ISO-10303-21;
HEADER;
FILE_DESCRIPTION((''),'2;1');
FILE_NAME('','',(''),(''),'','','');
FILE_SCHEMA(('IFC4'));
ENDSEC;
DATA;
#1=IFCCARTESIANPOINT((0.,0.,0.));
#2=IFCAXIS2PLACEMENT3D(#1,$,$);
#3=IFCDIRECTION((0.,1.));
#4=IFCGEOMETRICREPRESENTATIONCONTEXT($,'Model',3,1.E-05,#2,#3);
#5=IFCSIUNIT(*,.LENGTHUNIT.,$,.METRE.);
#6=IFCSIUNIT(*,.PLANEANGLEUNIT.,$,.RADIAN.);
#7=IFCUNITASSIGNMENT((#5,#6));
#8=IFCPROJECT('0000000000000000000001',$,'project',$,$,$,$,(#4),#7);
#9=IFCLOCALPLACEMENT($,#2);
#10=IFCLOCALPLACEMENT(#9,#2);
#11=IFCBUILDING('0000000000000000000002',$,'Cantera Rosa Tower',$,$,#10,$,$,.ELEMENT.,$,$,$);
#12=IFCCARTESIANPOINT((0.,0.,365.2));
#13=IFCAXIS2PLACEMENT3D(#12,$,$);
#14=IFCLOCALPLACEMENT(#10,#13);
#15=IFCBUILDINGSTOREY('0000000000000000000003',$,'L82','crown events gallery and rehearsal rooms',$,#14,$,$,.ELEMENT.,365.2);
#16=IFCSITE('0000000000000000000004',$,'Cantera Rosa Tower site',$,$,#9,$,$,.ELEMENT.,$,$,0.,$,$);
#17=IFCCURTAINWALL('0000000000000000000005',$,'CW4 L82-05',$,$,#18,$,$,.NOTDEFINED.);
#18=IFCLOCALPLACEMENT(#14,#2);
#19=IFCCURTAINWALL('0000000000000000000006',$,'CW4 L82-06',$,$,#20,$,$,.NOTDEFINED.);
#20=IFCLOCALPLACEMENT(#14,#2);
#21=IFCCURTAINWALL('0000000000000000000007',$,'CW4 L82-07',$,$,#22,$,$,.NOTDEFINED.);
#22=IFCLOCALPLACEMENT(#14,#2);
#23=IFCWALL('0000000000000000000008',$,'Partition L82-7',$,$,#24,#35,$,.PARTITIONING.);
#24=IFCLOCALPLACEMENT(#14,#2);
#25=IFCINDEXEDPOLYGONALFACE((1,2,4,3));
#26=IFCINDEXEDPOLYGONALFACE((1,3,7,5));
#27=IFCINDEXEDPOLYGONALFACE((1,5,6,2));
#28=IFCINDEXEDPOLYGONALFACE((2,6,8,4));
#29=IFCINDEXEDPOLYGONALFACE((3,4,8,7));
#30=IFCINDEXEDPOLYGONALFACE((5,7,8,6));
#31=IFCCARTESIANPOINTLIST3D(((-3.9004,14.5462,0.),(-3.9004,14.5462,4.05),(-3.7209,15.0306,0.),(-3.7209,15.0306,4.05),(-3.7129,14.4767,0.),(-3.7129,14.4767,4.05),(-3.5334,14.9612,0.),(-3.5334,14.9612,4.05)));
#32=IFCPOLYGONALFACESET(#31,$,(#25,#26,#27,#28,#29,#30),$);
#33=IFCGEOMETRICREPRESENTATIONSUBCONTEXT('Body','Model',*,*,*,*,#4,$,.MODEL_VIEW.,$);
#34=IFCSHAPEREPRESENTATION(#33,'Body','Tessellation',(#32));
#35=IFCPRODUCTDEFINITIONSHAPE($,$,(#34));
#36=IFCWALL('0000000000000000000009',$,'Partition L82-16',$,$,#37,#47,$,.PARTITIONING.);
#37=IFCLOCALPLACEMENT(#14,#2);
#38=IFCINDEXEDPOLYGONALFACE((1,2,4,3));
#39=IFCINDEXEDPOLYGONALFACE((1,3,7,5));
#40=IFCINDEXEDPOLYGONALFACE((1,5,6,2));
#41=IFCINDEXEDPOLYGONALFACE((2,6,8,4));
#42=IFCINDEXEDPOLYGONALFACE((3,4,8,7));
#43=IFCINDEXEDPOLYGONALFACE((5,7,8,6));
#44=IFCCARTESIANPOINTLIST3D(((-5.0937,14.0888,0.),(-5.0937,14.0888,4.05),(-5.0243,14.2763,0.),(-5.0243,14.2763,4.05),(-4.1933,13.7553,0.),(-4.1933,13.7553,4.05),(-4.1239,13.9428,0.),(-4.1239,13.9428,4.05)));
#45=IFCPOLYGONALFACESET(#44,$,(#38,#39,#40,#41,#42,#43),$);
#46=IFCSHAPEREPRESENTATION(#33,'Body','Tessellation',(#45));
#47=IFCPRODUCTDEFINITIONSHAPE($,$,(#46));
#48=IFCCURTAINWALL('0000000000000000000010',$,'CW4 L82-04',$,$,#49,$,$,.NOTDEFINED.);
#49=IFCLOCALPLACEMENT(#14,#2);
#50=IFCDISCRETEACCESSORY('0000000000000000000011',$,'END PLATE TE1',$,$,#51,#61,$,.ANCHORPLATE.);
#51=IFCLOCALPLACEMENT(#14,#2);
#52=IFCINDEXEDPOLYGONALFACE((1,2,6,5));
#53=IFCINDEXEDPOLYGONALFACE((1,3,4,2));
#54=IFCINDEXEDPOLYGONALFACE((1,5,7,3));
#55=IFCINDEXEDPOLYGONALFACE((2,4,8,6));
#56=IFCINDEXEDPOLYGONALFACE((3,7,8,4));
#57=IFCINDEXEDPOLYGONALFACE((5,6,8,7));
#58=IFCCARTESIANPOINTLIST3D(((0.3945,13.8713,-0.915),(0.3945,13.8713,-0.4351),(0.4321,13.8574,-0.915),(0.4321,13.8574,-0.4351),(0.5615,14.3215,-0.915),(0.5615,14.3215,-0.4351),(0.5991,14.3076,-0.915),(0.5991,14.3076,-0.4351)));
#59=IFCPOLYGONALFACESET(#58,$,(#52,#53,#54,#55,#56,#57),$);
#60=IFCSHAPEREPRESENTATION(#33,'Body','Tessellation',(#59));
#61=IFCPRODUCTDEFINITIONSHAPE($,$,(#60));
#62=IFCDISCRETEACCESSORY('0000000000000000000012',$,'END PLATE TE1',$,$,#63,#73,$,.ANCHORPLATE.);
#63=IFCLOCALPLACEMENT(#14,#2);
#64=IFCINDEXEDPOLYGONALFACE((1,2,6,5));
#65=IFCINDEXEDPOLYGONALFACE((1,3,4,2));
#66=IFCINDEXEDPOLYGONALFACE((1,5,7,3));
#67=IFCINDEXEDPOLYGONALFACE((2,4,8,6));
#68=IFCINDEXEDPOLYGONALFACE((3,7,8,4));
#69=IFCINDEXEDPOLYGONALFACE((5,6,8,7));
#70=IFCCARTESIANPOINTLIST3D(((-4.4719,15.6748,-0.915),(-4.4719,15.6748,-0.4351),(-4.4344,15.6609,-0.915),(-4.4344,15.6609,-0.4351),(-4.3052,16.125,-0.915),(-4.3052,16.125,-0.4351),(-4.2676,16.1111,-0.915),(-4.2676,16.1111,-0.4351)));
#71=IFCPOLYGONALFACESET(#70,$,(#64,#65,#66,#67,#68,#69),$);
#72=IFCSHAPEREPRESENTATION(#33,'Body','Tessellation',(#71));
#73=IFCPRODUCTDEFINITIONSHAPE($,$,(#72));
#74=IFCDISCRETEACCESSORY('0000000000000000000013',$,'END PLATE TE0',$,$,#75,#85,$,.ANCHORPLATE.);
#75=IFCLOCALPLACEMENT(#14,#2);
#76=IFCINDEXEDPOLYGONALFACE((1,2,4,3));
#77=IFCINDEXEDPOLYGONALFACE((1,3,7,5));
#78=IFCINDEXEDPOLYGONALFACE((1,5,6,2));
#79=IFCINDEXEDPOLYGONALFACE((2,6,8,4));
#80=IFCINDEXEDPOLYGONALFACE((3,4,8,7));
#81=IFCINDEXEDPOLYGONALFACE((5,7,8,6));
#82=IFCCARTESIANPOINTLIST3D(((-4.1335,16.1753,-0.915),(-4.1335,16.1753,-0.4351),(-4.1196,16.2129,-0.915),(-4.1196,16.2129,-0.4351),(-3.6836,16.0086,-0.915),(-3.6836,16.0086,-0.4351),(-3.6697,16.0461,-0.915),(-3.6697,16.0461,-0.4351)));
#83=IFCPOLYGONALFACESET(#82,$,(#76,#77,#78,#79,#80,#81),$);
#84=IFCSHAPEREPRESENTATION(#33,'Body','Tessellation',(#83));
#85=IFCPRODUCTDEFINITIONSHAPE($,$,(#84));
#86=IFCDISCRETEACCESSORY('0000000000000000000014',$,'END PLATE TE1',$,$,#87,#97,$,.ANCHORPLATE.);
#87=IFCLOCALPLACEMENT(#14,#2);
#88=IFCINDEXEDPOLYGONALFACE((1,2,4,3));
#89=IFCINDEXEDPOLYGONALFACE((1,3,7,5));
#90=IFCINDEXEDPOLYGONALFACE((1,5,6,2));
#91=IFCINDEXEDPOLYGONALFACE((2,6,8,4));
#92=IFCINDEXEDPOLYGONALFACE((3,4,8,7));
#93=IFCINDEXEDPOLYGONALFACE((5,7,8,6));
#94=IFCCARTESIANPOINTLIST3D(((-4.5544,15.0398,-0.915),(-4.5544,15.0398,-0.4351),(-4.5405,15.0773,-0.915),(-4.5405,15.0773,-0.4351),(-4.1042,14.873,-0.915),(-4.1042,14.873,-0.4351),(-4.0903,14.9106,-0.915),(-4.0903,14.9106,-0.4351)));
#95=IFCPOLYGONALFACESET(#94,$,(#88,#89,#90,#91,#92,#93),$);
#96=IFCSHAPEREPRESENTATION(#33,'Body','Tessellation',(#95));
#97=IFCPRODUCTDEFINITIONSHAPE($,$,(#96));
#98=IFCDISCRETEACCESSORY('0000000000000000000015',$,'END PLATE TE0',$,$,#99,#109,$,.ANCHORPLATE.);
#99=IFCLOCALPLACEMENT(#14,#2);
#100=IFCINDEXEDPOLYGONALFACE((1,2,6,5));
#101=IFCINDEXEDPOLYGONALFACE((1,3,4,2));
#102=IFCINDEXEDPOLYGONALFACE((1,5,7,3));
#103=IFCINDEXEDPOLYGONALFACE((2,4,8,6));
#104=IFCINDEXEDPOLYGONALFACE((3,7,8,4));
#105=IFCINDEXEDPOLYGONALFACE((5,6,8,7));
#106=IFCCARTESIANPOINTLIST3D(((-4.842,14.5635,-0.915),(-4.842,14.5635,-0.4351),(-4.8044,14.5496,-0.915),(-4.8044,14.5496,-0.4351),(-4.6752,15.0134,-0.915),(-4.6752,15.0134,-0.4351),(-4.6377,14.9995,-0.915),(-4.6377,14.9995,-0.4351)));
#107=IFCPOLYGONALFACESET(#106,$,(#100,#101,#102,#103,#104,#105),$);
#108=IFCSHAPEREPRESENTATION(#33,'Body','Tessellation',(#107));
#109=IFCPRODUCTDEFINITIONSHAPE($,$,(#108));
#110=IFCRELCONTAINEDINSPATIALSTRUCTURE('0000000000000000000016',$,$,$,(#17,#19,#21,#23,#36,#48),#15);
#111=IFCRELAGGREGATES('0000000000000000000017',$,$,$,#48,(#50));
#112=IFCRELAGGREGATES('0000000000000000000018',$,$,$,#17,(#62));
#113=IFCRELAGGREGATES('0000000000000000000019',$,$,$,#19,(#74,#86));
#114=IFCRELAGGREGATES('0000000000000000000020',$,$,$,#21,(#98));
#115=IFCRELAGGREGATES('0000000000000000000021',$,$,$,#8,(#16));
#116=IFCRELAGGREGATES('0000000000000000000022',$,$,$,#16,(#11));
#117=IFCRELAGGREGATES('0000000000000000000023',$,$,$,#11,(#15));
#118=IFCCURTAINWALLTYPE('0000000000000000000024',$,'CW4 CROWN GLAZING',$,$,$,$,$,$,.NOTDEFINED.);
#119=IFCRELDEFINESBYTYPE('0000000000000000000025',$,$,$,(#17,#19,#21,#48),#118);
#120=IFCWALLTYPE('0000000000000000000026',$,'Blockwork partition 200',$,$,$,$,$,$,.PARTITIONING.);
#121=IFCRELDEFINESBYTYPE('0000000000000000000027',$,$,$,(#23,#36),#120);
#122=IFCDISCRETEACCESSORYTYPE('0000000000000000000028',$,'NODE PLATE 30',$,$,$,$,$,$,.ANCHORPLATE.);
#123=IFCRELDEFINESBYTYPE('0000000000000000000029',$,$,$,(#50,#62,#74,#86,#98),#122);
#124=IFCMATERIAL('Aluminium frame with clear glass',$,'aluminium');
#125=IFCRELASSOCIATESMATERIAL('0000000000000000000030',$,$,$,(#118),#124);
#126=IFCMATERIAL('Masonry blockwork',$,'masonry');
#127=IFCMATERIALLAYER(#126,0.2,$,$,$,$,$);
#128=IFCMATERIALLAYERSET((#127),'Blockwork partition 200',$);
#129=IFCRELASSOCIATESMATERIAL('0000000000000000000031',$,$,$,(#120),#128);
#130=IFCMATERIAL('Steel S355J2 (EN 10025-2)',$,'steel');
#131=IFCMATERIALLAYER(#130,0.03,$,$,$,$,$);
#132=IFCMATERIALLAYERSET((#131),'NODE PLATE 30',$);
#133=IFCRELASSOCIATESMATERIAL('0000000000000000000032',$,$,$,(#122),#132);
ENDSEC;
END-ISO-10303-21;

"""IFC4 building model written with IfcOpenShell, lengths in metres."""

from ifc_helpers import new_model, si_unit, direction, frame, frame_2d, origin, place, context, subcontext, project, spatial, polyline, rectangle, outline, extrude, material, layer, layer_set, type_object, element, aggregate, save


model = new_model("IFC4")

# Units and contexts
model_context = context("Model", 3, precision=1e-05, world=origin(), true_north=direction((0.0, 1.0)))
body_context = subcontext(model_context, "Body", "Model", "MODEL_VIEW")
ifc_project = project(units=[si_unit("LENGTHUNIT", "METRE"), si_unit("PLANEANGLEUNIT", "RADIAN")], contexts=[model_context])

# Site, building, storey
site_placement = place(None, origin())
site = spatial("IfcSite", under=ifc_project, at=site_placement, Name="Cantera Rosa Tower site", CompositionType="ELEMENT", RefElevation=0.0)
building_placement = place(site_placement, origin())
building = spatial("IfcBuilding", under=site, at=building_placement, Name="Cantera Rosa Tower", CompositionType="ELEMENT")
storey_placement = place(building_placement, frame((0.0, 0.0, 365.2)))
storey = spatial("IfcBuildingStorey", under=building, at=storey_placement, Name="L82", Description="crown events gallery and rehearsal rooms", CompositionType="ELEMENT", Elevation=365.2)

# Curtain walls
ifc_material_1 = material(Name="Aluminium frame with clear glass", Category="aluminium")
curtain_wall_type = type_object("IfcCurtainWallType", Name="CW4 CROWN GLAZING", PredefinedType="NOTDEFINED", material=ifc_material_1)
curtain_wall_1_placement = place(storey_placement, origin())
curtain_wall_1 = element("IfcCurtainWall", 1, at=curtain_wall_1_placement, inside=storey, type_object=curtain_wall_type, Name="CW4 L82-05", PredefinedType="NOTDEFINED")
curtain_wall_2_placement = place(storey_placement, origin())
curtain_wall_2 = element("IfcCurtainWall", 2, at=curtain_wall_2_placement, inside=storey, type_object=curtain_wall_type, Name="CW4 L82-06", PredefinedType="NOTDEFINED")
curtain_wall_3_placement = place(storey_placement, origin())
curtain_wall_3 = element("IfcCurtainWall", 3, at=curtain_wall_3_placement, inside=storey, type_object=curtain_wall_type, Name="CW4 L82-07", PredefinedType="NOTDEFINED")

# Walls
ifc_material_2 = material(Name="Masonry blockwork", Category="masonry")
ifc_layer_1 = layer(ifc_material_2, 0.2)
ifc_layer_set_1 = layer_set([ifc_layer_1], Name="Blockwork partition 200")
wall_type = type_object("IfcWallType", Name="Blockwork partition 200", PredefinedType="PARTITIONING", material=ifc_layer_set_1)
wall_1_placement = place(storey_placement, frame((-3.8066, 14.5115, 0.0), z_axis=(0.0, 0.0, 1.0), x_axis=(0.347391, 0.93772, 0.0)))
element("IfcWall", 4, at=wall_1_placement, inside=storey, type_object=wall_type, Name="Partition L82-7", PredefinedType="PARTITIONING", context=body_context, shape_type="SweptSolid", body=[
    extrude(rectangle(XDim=0.5166, YDim=0.2, at=frame_2d((0.2583, 0.0))), origin(), (0.0, 0.0, 1.0), 4.05),
])
wall_2_placement = place(storey_placement, frame((-4.1587, 13.8491, 0.0), z_axis=(0.0, 0.0, 1.0), x_axis=(-0.937743, 0.347331, 0.0)))
element("IfcWall", 5, at=wall_2_placement, inside=storey, type_object=wall_type, Name="Partition L82-16", PredefinedType="PARTITIONING", context=body_context, shape_type="SweptSolid", body=[
    extrude(rectangle(XDim=0.9602, YDim=0.2, at=frame_2d((0.48, 0.0))), origin(), (0.0, 0.0, 1.0), 4.05),
])

# Curtain wall, discrete accessory
curtain_wall_4_placement = place(storey_placement, origin())
curtain_wall_4 = element("IfcCurtainWall", 6, at=curtain_wall_4_placement, inside=storey, type_object=curtain_wall_type, Name="CW4 L82-04", PredefinedType="NOTDEFINED")
ifc_material_3 = material(Name="Steel S355J2 (EN 10025-2)", Category="steel")
ifc_layer_2 = layer(ifc_material_3, 0.03)
ifc_layer_set_2 = layer_set([ifc_layer_2], Name="NODE PLATE 30")
discrete_accessory_type = type_object("IfcDiscreteAccessoryType", Name="NODE PLATE 30", PredefinedType="ANCHORPLATE", material=ifc_layer_set_2)
discrete_accessory_1_placement = place(storey_placement, frame((0.3945, 13.8713, -0.4351), z_axis=(-0.937577, 0.347778, 0.0), x_axis=(0.347778, 0.937577, 0.0)))
discrete_accessory_1 = element("IfcDiscreteAccessory", 7, at=discrete_accessory_1_placement, type_object=discrete_accessory_type, Name="END PLATE TE1", PredefinedType="ANCHORPLATE", context=body_context, shape_type="SweptSolid", body=[
    extrude(outline(polyline([(0.0, 0.0), (0.4802, 0.0), (0.4802, 0.48), (0.0, 0.48), (0.0, 0.0)])), origin(), (0.0, 0.0, -1.0), 0.04),
])
aggregate(curtain_wall_4, [discrete_accessory_1])

# Discrete accessories
discrete_accessory_2_placement = place(storey_placement, frame((-4.4719, 15.6748, -0.4351), z_axis=(-0.937743, 0.347331, 0.0), x_axis=(0.347331, 0.937743, 0.0)))
discrete_accessory_2 = element("IfcDiscreteAccessory", 8, at=discrete_accessory_2_placement, type_object=discrete_accessory_type, Name="END PLATE TE1", PredefinedType="ANCHORPLATE", context=body_context, shape_type="SweptSolid", body=[
    extrude(outline(polyline([(0.0, 0.0), (0.4801, 0.0), (0.4801, 0.48), (0.0, 0.48), (0.0, 0.0)])), origin(), (0.0, 0.0, -1.0), 0.04),
])
aggregate(curtain_wall_1, [discrete_accessory_2])
discrete_accessory_3_placement = place(storey_placement, frame((-4.1196, 16.2129, -0.4351), z_axis=(0.347497, 0.937681, 0.0), x_axis=(0.937681, -0.347497, 0.0)))
discrete_accessory_3 = element("IfcDiscreteAccessory", 9, at=discrete_accessory_3_placement, type_object=discrete_accessory_type, Name="END PLATE TE0", PredefinedType="ANCHORPLATE", context=body_context, shape_type="SweptSolid", body=[
    extrude(outline(polyline([(0.0, 0.0), (0.4799, 0.0), (0.4799, 0.48), (0.0, 0.48), (0.0, 0.0)])), origin(), (0.0, 0.0, -1.0), 0.04),
])
discrete_accessory_4_placement = place(storey_placement, frame((-4.1042, 14.873, -0.4351), z_axis=(-0.347331, -0.937743, 0.0), x_axis=(-0.937743, 0.347331, 0.0)))
discrete_accessory_4 = element("IfcDiscreteAccessory", 10, at=discrete_accessory_4_placement, type_object=discrete_accessory_type, Name="END PLATE TE1", PredefinedType="ANCHORPLATE", context=body_context, shape_type="SweptSolid", body=[
    extrude(outline(polyline([(0.0, 0.0), (0.4801, 0.0), (0.4801, 0.48), (0.0, 0.48), (0.0, 0.0)])), origin(), (0.0, 0.0, -1.0), 0.04),
])
aggregate(curtain_wall_2, [discrete_accessory_3, discrete_accessory_4])
discrete_accessory_5_placement = place(storey_placement, frame((-4.6377, 14.9995, -0.4351), z_axis=(0.937681, -0.347497, 0.0), x_axis=(-0.347497, -0.937681, 0.0)))
discrete_accessory_5 = element("IfcDiscreteAccessory", 11, at=discrete_accessory_5_placement, type_object=discrete_accessory_type, Name="END PLATE TE0", PredefinedType="ANCHORPLATE", context=body_context, shape_type="SweptSolid", body=[
    extrude(outline(polyline([(0.0, 0.0), (0.4799, 0.0), (0.4799, 0.48), (0.0, 0.48), (0.0, 0.0)])), origin(), (0.0, 0.0, -1.0), 0.04),
])
aggregate(curtain_wall_3, [discrete_accessory_5])

save(model, "model.ifc")
